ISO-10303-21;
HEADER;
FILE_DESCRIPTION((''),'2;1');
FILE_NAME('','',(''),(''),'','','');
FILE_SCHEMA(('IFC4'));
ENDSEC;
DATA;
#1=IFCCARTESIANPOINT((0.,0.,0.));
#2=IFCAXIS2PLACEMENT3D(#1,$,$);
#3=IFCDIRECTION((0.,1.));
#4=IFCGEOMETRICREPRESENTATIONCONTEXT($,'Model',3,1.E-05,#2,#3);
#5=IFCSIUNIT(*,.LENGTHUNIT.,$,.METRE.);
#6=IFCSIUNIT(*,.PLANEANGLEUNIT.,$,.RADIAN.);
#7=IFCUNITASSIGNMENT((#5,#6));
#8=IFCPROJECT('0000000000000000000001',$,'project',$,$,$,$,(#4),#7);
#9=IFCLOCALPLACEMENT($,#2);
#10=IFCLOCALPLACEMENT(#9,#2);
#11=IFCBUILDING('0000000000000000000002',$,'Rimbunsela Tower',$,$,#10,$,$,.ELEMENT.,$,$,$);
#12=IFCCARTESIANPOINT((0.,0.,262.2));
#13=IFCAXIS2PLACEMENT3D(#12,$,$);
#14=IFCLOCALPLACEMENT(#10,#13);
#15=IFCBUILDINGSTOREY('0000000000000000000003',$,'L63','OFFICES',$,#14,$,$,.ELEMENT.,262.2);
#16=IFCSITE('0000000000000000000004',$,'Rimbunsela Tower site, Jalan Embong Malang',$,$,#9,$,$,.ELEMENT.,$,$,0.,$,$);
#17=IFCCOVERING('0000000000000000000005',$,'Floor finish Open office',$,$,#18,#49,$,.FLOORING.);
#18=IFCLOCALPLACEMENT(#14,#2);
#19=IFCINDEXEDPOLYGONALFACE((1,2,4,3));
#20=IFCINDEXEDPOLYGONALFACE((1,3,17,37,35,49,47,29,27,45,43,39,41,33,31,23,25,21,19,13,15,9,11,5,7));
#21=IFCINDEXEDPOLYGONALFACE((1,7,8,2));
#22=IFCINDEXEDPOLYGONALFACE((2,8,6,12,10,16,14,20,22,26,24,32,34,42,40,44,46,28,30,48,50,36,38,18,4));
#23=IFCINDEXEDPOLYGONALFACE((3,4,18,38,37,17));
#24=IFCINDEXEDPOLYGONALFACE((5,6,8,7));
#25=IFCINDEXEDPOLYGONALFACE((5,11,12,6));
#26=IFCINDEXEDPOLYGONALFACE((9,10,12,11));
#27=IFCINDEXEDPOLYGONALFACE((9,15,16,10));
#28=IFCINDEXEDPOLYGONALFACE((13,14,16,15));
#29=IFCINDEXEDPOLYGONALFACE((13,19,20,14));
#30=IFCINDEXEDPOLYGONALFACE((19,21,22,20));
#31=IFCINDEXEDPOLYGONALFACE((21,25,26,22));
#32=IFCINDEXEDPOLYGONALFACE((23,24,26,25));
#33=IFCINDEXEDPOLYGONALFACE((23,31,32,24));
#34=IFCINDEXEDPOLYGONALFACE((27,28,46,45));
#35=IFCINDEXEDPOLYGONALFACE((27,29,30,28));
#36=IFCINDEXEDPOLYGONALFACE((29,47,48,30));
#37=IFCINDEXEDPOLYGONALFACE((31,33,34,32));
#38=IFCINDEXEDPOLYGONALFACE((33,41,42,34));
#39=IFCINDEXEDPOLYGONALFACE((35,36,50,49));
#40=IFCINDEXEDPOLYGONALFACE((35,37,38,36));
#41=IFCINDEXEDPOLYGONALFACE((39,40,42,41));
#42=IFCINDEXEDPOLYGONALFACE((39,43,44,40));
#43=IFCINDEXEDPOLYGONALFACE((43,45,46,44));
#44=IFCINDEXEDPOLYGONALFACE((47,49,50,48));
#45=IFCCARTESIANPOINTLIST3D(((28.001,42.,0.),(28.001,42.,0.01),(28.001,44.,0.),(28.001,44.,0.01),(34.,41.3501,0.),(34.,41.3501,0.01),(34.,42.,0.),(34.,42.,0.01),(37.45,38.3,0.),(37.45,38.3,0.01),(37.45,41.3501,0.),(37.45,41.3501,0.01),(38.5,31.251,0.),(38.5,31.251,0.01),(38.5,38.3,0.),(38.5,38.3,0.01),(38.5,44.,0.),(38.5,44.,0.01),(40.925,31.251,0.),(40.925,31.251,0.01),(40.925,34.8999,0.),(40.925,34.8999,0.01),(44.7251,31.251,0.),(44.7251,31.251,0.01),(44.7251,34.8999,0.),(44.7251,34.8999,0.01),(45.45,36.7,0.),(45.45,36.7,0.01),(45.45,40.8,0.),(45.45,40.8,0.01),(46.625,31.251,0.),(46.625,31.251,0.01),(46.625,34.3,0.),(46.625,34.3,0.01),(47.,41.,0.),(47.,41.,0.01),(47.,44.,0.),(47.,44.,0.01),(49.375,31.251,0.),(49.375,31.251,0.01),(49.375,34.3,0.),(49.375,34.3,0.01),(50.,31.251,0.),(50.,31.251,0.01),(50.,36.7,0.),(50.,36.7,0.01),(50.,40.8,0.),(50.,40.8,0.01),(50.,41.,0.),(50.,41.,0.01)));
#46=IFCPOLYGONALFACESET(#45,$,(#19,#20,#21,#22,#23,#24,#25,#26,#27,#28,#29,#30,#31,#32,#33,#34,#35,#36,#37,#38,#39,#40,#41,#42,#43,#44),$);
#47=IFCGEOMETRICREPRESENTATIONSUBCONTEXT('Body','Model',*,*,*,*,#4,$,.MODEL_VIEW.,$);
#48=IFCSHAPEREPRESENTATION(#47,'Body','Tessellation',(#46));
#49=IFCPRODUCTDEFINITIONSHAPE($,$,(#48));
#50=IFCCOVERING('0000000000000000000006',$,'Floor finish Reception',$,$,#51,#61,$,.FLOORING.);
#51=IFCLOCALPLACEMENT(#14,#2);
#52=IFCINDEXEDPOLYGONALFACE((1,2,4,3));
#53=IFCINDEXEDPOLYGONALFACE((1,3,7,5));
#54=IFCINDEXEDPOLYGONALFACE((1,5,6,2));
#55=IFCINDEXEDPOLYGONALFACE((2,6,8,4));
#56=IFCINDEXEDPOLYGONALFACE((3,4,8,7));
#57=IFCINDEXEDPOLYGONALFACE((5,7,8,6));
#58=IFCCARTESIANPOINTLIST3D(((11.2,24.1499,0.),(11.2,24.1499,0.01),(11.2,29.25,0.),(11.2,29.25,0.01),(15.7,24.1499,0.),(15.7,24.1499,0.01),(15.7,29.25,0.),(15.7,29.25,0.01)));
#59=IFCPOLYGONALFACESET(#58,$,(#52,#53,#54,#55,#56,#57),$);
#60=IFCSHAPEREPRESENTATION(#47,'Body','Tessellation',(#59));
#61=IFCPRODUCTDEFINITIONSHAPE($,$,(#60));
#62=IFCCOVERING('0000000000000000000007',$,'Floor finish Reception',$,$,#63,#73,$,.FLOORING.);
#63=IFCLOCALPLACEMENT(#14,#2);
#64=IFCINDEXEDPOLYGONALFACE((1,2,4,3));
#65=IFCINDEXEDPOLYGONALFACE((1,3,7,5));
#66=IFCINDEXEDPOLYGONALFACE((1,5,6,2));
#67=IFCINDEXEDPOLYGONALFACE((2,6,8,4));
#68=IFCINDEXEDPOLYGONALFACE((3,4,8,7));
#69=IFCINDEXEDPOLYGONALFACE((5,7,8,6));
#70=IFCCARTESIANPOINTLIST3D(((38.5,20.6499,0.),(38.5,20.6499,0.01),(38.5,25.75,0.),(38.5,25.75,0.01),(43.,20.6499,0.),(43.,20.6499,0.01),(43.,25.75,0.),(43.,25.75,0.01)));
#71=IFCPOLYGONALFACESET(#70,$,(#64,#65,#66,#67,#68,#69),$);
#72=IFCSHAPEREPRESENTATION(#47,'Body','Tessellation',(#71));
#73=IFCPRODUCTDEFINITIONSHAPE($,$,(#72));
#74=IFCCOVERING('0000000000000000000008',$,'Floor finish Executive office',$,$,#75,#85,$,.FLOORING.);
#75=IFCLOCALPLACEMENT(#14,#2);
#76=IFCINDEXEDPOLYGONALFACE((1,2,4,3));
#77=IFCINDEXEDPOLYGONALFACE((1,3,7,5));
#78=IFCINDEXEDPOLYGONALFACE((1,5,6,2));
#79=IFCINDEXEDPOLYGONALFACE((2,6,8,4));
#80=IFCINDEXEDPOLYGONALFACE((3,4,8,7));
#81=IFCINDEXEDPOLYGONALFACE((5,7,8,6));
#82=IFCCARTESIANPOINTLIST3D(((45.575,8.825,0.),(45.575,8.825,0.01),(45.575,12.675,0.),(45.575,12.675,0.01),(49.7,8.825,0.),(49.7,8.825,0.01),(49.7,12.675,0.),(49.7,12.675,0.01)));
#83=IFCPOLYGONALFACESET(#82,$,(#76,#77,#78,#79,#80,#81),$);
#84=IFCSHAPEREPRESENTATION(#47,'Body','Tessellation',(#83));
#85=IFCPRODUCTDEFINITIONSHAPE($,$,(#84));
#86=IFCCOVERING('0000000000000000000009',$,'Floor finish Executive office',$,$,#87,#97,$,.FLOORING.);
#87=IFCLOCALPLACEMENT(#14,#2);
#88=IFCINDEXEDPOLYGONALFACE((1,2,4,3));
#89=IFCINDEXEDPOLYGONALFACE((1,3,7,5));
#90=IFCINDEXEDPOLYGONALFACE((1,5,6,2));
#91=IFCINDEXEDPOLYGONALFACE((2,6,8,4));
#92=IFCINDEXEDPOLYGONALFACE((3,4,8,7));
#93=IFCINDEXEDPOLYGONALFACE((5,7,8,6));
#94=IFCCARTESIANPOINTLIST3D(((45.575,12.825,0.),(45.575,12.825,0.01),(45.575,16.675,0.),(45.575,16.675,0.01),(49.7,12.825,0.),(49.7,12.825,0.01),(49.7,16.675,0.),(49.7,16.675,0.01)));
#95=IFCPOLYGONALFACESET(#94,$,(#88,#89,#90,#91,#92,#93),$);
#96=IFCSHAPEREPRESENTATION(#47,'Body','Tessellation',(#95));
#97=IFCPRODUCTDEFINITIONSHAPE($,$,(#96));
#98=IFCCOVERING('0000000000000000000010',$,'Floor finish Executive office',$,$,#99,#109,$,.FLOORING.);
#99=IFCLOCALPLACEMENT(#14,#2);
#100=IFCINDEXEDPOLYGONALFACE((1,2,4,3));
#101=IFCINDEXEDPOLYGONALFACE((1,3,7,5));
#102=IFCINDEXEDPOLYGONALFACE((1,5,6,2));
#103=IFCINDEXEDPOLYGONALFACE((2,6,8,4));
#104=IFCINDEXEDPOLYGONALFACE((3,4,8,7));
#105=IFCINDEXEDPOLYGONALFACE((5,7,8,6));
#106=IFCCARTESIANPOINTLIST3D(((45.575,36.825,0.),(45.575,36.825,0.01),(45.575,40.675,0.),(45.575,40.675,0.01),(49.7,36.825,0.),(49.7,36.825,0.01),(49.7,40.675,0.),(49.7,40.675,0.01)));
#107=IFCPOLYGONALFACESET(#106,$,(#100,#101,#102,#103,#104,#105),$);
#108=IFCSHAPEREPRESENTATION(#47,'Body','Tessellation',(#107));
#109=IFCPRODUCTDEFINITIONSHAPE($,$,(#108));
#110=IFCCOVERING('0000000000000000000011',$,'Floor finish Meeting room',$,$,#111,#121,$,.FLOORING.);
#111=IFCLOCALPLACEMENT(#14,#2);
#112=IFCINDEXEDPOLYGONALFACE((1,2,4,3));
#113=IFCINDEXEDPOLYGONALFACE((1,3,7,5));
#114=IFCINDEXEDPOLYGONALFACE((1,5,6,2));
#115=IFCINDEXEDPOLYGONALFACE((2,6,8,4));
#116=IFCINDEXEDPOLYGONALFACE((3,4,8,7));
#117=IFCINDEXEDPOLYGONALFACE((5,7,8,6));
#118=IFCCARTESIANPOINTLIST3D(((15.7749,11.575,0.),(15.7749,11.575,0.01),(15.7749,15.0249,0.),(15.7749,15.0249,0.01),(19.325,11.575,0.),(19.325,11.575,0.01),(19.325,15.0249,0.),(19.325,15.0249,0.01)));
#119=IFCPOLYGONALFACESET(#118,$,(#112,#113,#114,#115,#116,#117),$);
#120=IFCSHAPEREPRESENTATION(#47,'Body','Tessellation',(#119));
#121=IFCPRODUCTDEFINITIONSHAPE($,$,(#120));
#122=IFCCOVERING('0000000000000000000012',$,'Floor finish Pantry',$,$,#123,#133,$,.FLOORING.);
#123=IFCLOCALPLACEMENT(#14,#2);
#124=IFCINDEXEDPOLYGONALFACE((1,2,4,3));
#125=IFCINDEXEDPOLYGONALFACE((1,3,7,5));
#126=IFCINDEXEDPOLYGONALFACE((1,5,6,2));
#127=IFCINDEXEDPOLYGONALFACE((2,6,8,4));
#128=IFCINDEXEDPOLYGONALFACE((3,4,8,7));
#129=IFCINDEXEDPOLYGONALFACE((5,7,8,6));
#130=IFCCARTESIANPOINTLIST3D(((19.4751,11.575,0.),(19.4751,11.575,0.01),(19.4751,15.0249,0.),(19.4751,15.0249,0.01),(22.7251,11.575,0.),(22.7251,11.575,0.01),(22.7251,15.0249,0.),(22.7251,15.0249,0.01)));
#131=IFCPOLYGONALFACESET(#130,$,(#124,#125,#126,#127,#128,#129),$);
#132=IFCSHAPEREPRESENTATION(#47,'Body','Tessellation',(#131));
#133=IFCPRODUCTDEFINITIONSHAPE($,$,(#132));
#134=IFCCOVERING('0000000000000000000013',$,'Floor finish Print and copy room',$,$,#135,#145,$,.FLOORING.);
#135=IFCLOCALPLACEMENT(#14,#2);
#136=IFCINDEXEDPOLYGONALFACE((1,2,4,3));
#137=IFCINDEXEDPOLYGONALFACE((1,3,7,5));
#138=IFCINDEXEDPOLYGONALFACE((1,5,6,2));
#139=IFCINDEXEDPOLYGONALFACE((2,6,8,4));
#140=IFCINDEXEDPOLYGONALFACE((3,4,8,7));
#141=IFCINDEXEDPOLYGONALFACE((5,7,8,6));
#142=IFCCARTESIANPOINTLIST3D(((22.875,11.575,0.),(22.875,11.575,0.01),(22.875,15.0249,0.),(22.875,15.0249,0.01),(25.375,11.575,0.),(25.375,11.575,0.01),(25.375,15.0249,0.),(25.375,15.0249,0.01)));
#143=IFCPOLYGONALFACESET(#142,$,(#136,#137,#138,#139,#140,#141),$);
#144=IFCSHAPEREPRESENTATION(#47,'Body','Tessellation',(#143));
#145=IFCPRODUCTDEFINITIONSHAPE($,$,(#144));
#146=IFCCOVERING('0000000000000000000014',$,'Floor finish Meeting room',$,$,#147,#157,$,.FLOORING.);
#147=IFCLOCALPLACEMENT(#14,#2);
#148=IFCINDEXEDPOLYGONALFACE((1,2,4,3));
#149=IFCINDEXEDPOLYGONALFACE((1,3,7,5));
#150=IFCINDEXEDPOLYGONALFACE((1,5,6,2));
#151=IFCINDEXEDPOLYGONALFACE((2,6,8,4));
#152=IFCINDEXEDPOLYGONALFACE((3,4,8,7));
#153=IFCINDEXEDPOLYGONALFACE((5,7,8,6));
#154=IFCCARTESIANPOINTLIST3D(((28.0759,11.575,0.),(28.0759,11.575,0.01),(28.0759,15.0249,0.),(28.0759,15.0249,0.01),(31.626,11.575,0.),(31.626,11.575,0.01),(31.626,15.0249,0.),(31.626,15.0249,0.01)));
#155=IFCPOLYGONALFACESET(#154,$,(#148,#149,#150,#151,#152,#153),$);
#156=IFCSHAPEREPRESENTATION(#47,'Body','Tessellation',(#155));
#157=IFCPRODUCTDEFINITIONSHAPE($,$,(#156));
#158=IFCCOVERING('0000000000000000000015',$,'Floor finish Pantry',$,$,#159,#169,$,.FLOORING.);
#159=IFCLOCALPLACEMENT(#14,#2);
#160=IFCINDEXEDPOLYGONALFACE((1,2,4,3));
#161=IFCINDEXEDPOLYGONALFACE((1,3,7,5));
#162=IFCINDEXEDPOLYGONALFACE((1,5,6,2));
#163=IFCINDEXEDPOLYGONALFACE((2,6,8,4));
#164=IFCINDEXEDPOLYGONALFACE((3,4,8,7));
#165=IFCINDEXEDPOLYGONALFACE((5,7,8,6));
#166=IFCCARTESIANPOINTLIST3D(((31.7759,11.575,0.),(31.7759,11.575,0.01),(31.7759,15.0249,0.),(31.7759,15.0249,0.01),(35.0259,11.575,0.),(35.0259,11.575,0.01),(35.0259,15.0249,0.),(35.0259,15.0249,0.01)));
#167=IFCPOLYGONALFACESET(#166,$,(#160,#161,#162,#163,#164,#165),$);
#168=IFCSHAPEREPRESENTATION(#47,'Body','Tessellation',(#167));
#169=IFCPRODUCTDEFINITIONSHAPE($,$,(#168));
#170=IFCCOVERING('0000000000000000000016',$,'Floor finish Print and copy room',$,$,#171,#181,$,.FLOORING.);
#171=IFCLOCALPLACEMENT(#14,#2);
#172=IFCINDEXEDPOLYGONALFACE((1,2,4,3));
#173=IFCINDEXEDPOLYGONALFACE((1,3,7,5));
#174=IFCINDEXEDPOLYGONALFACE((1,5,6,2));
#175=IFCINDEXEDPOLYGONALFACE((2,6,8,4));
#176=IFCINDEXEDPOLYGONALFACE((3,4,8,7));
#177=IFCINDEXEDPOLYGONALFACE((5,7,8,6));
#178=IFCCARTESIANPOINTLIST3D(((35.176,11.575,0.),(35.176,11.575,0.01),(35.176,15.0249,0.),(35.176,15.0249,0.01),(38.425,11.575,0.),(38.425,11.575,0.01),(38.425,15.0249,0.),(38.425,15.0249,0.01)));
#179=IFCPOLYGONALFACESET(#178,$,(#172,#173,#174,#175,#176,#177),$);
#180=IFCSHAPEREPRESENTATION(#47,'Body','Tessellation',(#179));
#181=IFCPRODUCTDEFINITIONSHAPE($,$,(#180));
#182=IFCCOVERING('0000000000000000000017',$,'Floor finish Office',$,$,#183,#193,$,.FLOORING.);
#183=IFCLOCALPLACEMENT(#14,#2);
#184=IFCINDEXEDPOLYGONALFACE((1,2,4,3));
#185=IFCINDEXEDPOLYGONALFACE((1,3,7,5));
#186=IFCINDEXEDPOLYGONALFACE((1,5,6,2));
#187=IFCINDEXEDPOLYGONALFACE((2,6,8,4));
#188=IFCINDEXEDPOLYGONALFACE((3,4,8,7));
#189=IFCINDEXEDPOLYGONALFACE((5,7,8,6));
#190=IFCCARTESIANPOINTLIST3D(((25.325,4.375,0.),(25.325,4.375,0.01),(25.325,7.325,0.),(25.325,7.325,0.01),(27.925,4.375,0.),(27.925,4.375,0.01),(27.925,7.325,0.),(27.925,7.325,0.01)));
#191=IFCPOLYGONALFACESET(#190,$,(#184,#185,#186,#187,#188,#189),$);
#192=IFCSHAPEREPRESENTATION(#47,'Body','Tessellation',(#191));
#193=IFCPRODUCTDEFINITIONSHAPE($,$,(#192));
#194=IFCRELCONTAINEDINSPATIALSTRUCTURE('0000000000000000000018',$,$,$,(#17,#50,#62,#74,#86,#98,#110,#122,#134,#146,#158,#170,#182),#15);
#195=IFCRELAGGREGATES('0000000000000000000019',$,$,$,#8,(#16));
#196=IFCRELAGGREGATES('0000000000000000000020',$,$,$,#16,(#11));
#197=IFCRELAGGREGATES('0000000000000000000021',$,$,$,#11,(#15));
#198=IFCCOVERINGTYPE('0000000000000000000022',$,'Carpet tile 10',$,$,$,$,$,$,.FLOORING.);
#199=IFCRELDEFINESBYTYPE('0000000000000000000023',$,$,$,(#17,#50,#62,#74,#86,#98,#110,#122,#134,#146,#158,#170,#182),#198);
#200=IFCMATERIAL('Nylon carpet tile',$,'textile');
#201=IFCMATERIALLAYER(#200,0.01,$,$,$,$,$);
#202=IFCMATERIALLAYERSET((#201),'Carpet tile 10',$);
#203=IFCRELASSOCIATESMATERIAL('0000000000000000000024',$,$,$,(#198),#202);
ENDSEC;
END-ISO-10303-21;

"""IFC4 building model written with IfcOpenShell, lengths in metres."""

from ifc_helpers import new_model, si_unit, direction, frame, origin, place, context, subcontext, project, spatial, polyline, outline, extrude, material, layer, layer_set, type_object, element, save


model = new_model("IFC4")

# Units and contexts
model_context = context("Model", 3, precision=1e-05, world=origin(), true_north=direction((0.0, 1.0)))
body_context = subcontext(model_context, "Body", "Model", "MODEL_VIEW")
ifc_project = project(units=[si_unit("LENGTHUNIT", "METRE"), si_unit("PLANEANGLEUNIT", "RADIAN")], contexts=[model_context])

# Site, building, storey
site_placement = place(None, origin())
site = spatial("IfcSite", under=ifc_project, at=site_placement, Name="Rimbunsela Tower site, Jalan Embong Malang", CompositionType="ELEMENT", RefElevation=0.0)
building_placement = place(site_placement, origin())
building = spatial("IfcBuilding", under=site, at=building_placement, Name="Rimbunsela Tower", CompositionType="ELEMENT")
storey_placement = place(building_placement, frame((0.0, 0.0, 262.2)))
storey = spatial("IfcBuildingStorey", under=building, at=storey_placement, Name="L63", Description="OFFICES", CompositionType="ELEMENT", Elevation=262.2)

# Coverings
ifc_material_1 = material(Name="Nylon carpet tile", Category="textile")
ifc_layer_1 = layer(ifc_material_1, 0.01)
ifc_layer_set_1 = layer_set([ifc_layer_1], Name="Carpet tile 10")
covering_type_1 = type_object("IfcCoveringType", Name="Carpet tile 10", PredefinedType="FLOORING", material=ifc_layer_set_1)
covering_1_placement = place(storey_placement, origin())
element("IfcCovering", 1, at=covering_1_placement, inside=storey, type_object=covering_type_1, Name="Floor finish Open office", PredefinedType="FLOORING", context=body_context, shape_type="SweptSolid", body=[
    extrude(outline(polyline([(50.0, 40.8), (45.45, 40.8), (45.45, 36.7), (50.0, 36.7), (50.0, 31.251), (49.375, 31.251), (49.375, 34.3), (46.625, 34.3), (46.625, 31.251), (44.7251, 31.251), (44.7251, 34.8999), (40.925, 34.8999), (40.925, 31.251), (38.5, 31.251), (38.5, 38.3), (37.45, 38.3), (37.45, 41.3501), (34.0, 41.3501), (34.0, 42.0), (28.001, 42.0), (28.001, 44.0), (38.5, 44.0), (47.0, 44.0), (47.0, 41.0), (50.0, 41.0), (50.0, 40.8)])), origin(), (0.0, 0.0, 1.0), 0.01),
])
covering_2_placement = place(storey_placement, origin())
element("IfcCovering", 2, at=covering_2_placement, inside=storey, type_object=covering_type_1, Name="Floor finish Reception", PredefinedType="FLOORING", context=body_context, shape_type="SweptSolid", body=[
    extrude(outline(polyline([(15.7, 24.1499), (15.7, 29.25), (11.2, 29.25), (11.2, 24.1499), (15.7, 24.1499)])), origin(), (0.0, 0.0, 1.0), 0.01),
])
covering_3_placement = place(storey_placement, origin())
element("IfcCovering", 3, at=covering_3_placement, inside=storey, type_object=covering_type_1, Name="Floor finish Reception", PredefinedType="FLOORING", context=body_context, shape_type="SweptSolid", body=[
    extrude(outline(polyline([(43.0, 20.6499), (43.0, 25.75), (38.5, 25.75), (38.5, 20.6499), (43.0, 20.6499)])), origin(), (0.0, 0.0, 1.0), 0.01),
])
covering_4_placement = place(storey_placement, origin())
element("IfcCovering", 4, at=covering_4_placement, inside=storey, type_object=covering_type_1, Name="Floor finish Executive office", PredefinedType="FLOORING", context=body_context, shape_type="SweptSolid", body=[
    extrude(outline(polyline([(49.7, 8.825), (49.7, 12.675), (45.575, 12.675), (45.575, 8.825), (49.7, 8.825)])), origin(), (0.0, 0.0, 1.0), 0.01),
])
covering_5_placement = place(storey_placement, origin())
element("IfcCovering", 5, at=covering_5_placement, inside=storey, type_object=covering_type_1, Name="Floor finish Executive office", PredefinedType="FLOORING", context=body_context, shape_type="SweptSolid", body=[
    extrude(outline(polyline([(49.7, 12.825), (49.7, 16.675), (45.575, 16.675), (45.575, 12.825), (49.7, 12.825)])), origin(), (0.0, 0.0, 1.0), 0.01),
])
covering_6_placement = place(storey_placement, origin())
element("IfcCovering", 6, at=covering_6_placement, inside=storey, type_object=covering_type_1, Name="Floor finish Executive office", PredefinedType="FLOORING", context=body_context, shape_type="SweptSolid", body=[
    extrude(outline(polyline([(49.7, 36.825), (49.7, 40.675), (45.575, 40.675), (45.575, 36.825), (49.7, 36.825)])), origin(), (0.0, 0.0, 1.0), 0.01),
])
covering_7_placement = place(storey_placement, origin())
element("IfcCovering", 7, at=covering_7_placement, inside=storey, type_object=covering_type_1, Name="Floor finish Meeting room", PredefinedType="FLOORING", context=body_context, shape_type="SweptSolid", body=[
    extrude(outline(polyline([(19.325, 11.575), (19.325, 15.0249), (15.7749, 15.0249), (15.7749, 11.575), (19.325, 11.575)])), origin(), (0.0, 0.0, 1.0), 0.01),
])
covering_8_placement = place(storey_placement, origin())
element("IfcCovering", 8, at=covering_8_placement, inside=storey, type_object=covering_type_1, Name="Floor finish Pantry", PredefinedType="FLOORING", context=body_context, shape_type="SweptSolid", body=[
    extrude(outline(polyline([(22.7251, 11.575), (22.7251, 15.0249), (19.4751, 15.0249), (19.4751, 11.575), (22.7251, 11.575)])), origin(), (0.0, 0.0, 1.0), 0.01),
])
covering_9_placement = place(storey_placement, origin())
element("IfcCovering", 9, at=covering_9_placement, inside=storey, type_object=covering_type_1, Name="Floor finish Print and copy room", PredefinedType="FLOORING", context=body_context, shape_type="SweptSolid", body=[
    extrude(outline(polyline([(25.375, 11.575), (25.375, 15.0249), (22.875, 15.0249), (22.875, 11.575), (25.375, 11.575)])), origin(), (0.0, 0.0, 1.0), 0.01),
])
covering_10_placement = place(storey_placement, origin())
element("IfcCovering", 10, at=covering_10_placement, inside=storey, type_object=covering_type_1, Name="Floor finish Meeting room", PredefinedType="FLOORING", context=body_context, shape_type="SweptSolid", body=[
    extrude(outline(polyline([(31.626, 11.575), (31.626, 15.0249), (28.0759, 15.0249), (28.0759, 11.575), (31.626, 11.575)])), origin(), (0.0, 0.0, 1.0), 0.01),
])
covering_11_placement = place(storey_placement, origin())
element("IfcCovering", 11, at=covering_11_placement, inside=storey, type_object=covering_type_1, Name="Floor finish Pantry", PredefinedType="FLOORING", context=body_context, shape_type="SweptSolid", body=[
    extrude(outline(polyline([(35.0259, 11.575), (35.0259, 15.0249), (31.7759, 15.0249), (31.7759, 11.575), (35.0259, 11.575)])), origin(), (0.0, 0.0, 1.0), 0.01),
])
covering_12_placement = place(storey_placement, origin())
element("IfcCovering", 12, at=covering_12_placement, inside=storey, type_object=covering_type_1, Name="Floor finish Print and copy room", PredefinedType="FLOORING", context=body_context, shape_type="SweptSolid", body=[
    extrude(outline(polyline([(38.425, 11.575), (38.425, 15.0249), (35.176, 15.0249), (35.176, 11.575), (38.425, 11.575)])), origin(), (0.0, 0.0, 1.0), 0.01),
])
covering_13_placement = place(storey_placement, origin())
element("IfcCovering", 13, at=covering_13_placement, inside=storey, type_object=covering_type_1, Name="Floor finish Office", PredefinedType="FLOORING", context=body_context, shape_type="SweptSolid", body=[
    extrude(outline(polyline([(27.925, 4.375), (27.925, 7.325), (25.325, 7.325), (25.325, 4.375), (27.925, 4.375)])), origin(), (0.0, 0.0, 1.0), 0.01),
])

save(model, "model.ifc")
